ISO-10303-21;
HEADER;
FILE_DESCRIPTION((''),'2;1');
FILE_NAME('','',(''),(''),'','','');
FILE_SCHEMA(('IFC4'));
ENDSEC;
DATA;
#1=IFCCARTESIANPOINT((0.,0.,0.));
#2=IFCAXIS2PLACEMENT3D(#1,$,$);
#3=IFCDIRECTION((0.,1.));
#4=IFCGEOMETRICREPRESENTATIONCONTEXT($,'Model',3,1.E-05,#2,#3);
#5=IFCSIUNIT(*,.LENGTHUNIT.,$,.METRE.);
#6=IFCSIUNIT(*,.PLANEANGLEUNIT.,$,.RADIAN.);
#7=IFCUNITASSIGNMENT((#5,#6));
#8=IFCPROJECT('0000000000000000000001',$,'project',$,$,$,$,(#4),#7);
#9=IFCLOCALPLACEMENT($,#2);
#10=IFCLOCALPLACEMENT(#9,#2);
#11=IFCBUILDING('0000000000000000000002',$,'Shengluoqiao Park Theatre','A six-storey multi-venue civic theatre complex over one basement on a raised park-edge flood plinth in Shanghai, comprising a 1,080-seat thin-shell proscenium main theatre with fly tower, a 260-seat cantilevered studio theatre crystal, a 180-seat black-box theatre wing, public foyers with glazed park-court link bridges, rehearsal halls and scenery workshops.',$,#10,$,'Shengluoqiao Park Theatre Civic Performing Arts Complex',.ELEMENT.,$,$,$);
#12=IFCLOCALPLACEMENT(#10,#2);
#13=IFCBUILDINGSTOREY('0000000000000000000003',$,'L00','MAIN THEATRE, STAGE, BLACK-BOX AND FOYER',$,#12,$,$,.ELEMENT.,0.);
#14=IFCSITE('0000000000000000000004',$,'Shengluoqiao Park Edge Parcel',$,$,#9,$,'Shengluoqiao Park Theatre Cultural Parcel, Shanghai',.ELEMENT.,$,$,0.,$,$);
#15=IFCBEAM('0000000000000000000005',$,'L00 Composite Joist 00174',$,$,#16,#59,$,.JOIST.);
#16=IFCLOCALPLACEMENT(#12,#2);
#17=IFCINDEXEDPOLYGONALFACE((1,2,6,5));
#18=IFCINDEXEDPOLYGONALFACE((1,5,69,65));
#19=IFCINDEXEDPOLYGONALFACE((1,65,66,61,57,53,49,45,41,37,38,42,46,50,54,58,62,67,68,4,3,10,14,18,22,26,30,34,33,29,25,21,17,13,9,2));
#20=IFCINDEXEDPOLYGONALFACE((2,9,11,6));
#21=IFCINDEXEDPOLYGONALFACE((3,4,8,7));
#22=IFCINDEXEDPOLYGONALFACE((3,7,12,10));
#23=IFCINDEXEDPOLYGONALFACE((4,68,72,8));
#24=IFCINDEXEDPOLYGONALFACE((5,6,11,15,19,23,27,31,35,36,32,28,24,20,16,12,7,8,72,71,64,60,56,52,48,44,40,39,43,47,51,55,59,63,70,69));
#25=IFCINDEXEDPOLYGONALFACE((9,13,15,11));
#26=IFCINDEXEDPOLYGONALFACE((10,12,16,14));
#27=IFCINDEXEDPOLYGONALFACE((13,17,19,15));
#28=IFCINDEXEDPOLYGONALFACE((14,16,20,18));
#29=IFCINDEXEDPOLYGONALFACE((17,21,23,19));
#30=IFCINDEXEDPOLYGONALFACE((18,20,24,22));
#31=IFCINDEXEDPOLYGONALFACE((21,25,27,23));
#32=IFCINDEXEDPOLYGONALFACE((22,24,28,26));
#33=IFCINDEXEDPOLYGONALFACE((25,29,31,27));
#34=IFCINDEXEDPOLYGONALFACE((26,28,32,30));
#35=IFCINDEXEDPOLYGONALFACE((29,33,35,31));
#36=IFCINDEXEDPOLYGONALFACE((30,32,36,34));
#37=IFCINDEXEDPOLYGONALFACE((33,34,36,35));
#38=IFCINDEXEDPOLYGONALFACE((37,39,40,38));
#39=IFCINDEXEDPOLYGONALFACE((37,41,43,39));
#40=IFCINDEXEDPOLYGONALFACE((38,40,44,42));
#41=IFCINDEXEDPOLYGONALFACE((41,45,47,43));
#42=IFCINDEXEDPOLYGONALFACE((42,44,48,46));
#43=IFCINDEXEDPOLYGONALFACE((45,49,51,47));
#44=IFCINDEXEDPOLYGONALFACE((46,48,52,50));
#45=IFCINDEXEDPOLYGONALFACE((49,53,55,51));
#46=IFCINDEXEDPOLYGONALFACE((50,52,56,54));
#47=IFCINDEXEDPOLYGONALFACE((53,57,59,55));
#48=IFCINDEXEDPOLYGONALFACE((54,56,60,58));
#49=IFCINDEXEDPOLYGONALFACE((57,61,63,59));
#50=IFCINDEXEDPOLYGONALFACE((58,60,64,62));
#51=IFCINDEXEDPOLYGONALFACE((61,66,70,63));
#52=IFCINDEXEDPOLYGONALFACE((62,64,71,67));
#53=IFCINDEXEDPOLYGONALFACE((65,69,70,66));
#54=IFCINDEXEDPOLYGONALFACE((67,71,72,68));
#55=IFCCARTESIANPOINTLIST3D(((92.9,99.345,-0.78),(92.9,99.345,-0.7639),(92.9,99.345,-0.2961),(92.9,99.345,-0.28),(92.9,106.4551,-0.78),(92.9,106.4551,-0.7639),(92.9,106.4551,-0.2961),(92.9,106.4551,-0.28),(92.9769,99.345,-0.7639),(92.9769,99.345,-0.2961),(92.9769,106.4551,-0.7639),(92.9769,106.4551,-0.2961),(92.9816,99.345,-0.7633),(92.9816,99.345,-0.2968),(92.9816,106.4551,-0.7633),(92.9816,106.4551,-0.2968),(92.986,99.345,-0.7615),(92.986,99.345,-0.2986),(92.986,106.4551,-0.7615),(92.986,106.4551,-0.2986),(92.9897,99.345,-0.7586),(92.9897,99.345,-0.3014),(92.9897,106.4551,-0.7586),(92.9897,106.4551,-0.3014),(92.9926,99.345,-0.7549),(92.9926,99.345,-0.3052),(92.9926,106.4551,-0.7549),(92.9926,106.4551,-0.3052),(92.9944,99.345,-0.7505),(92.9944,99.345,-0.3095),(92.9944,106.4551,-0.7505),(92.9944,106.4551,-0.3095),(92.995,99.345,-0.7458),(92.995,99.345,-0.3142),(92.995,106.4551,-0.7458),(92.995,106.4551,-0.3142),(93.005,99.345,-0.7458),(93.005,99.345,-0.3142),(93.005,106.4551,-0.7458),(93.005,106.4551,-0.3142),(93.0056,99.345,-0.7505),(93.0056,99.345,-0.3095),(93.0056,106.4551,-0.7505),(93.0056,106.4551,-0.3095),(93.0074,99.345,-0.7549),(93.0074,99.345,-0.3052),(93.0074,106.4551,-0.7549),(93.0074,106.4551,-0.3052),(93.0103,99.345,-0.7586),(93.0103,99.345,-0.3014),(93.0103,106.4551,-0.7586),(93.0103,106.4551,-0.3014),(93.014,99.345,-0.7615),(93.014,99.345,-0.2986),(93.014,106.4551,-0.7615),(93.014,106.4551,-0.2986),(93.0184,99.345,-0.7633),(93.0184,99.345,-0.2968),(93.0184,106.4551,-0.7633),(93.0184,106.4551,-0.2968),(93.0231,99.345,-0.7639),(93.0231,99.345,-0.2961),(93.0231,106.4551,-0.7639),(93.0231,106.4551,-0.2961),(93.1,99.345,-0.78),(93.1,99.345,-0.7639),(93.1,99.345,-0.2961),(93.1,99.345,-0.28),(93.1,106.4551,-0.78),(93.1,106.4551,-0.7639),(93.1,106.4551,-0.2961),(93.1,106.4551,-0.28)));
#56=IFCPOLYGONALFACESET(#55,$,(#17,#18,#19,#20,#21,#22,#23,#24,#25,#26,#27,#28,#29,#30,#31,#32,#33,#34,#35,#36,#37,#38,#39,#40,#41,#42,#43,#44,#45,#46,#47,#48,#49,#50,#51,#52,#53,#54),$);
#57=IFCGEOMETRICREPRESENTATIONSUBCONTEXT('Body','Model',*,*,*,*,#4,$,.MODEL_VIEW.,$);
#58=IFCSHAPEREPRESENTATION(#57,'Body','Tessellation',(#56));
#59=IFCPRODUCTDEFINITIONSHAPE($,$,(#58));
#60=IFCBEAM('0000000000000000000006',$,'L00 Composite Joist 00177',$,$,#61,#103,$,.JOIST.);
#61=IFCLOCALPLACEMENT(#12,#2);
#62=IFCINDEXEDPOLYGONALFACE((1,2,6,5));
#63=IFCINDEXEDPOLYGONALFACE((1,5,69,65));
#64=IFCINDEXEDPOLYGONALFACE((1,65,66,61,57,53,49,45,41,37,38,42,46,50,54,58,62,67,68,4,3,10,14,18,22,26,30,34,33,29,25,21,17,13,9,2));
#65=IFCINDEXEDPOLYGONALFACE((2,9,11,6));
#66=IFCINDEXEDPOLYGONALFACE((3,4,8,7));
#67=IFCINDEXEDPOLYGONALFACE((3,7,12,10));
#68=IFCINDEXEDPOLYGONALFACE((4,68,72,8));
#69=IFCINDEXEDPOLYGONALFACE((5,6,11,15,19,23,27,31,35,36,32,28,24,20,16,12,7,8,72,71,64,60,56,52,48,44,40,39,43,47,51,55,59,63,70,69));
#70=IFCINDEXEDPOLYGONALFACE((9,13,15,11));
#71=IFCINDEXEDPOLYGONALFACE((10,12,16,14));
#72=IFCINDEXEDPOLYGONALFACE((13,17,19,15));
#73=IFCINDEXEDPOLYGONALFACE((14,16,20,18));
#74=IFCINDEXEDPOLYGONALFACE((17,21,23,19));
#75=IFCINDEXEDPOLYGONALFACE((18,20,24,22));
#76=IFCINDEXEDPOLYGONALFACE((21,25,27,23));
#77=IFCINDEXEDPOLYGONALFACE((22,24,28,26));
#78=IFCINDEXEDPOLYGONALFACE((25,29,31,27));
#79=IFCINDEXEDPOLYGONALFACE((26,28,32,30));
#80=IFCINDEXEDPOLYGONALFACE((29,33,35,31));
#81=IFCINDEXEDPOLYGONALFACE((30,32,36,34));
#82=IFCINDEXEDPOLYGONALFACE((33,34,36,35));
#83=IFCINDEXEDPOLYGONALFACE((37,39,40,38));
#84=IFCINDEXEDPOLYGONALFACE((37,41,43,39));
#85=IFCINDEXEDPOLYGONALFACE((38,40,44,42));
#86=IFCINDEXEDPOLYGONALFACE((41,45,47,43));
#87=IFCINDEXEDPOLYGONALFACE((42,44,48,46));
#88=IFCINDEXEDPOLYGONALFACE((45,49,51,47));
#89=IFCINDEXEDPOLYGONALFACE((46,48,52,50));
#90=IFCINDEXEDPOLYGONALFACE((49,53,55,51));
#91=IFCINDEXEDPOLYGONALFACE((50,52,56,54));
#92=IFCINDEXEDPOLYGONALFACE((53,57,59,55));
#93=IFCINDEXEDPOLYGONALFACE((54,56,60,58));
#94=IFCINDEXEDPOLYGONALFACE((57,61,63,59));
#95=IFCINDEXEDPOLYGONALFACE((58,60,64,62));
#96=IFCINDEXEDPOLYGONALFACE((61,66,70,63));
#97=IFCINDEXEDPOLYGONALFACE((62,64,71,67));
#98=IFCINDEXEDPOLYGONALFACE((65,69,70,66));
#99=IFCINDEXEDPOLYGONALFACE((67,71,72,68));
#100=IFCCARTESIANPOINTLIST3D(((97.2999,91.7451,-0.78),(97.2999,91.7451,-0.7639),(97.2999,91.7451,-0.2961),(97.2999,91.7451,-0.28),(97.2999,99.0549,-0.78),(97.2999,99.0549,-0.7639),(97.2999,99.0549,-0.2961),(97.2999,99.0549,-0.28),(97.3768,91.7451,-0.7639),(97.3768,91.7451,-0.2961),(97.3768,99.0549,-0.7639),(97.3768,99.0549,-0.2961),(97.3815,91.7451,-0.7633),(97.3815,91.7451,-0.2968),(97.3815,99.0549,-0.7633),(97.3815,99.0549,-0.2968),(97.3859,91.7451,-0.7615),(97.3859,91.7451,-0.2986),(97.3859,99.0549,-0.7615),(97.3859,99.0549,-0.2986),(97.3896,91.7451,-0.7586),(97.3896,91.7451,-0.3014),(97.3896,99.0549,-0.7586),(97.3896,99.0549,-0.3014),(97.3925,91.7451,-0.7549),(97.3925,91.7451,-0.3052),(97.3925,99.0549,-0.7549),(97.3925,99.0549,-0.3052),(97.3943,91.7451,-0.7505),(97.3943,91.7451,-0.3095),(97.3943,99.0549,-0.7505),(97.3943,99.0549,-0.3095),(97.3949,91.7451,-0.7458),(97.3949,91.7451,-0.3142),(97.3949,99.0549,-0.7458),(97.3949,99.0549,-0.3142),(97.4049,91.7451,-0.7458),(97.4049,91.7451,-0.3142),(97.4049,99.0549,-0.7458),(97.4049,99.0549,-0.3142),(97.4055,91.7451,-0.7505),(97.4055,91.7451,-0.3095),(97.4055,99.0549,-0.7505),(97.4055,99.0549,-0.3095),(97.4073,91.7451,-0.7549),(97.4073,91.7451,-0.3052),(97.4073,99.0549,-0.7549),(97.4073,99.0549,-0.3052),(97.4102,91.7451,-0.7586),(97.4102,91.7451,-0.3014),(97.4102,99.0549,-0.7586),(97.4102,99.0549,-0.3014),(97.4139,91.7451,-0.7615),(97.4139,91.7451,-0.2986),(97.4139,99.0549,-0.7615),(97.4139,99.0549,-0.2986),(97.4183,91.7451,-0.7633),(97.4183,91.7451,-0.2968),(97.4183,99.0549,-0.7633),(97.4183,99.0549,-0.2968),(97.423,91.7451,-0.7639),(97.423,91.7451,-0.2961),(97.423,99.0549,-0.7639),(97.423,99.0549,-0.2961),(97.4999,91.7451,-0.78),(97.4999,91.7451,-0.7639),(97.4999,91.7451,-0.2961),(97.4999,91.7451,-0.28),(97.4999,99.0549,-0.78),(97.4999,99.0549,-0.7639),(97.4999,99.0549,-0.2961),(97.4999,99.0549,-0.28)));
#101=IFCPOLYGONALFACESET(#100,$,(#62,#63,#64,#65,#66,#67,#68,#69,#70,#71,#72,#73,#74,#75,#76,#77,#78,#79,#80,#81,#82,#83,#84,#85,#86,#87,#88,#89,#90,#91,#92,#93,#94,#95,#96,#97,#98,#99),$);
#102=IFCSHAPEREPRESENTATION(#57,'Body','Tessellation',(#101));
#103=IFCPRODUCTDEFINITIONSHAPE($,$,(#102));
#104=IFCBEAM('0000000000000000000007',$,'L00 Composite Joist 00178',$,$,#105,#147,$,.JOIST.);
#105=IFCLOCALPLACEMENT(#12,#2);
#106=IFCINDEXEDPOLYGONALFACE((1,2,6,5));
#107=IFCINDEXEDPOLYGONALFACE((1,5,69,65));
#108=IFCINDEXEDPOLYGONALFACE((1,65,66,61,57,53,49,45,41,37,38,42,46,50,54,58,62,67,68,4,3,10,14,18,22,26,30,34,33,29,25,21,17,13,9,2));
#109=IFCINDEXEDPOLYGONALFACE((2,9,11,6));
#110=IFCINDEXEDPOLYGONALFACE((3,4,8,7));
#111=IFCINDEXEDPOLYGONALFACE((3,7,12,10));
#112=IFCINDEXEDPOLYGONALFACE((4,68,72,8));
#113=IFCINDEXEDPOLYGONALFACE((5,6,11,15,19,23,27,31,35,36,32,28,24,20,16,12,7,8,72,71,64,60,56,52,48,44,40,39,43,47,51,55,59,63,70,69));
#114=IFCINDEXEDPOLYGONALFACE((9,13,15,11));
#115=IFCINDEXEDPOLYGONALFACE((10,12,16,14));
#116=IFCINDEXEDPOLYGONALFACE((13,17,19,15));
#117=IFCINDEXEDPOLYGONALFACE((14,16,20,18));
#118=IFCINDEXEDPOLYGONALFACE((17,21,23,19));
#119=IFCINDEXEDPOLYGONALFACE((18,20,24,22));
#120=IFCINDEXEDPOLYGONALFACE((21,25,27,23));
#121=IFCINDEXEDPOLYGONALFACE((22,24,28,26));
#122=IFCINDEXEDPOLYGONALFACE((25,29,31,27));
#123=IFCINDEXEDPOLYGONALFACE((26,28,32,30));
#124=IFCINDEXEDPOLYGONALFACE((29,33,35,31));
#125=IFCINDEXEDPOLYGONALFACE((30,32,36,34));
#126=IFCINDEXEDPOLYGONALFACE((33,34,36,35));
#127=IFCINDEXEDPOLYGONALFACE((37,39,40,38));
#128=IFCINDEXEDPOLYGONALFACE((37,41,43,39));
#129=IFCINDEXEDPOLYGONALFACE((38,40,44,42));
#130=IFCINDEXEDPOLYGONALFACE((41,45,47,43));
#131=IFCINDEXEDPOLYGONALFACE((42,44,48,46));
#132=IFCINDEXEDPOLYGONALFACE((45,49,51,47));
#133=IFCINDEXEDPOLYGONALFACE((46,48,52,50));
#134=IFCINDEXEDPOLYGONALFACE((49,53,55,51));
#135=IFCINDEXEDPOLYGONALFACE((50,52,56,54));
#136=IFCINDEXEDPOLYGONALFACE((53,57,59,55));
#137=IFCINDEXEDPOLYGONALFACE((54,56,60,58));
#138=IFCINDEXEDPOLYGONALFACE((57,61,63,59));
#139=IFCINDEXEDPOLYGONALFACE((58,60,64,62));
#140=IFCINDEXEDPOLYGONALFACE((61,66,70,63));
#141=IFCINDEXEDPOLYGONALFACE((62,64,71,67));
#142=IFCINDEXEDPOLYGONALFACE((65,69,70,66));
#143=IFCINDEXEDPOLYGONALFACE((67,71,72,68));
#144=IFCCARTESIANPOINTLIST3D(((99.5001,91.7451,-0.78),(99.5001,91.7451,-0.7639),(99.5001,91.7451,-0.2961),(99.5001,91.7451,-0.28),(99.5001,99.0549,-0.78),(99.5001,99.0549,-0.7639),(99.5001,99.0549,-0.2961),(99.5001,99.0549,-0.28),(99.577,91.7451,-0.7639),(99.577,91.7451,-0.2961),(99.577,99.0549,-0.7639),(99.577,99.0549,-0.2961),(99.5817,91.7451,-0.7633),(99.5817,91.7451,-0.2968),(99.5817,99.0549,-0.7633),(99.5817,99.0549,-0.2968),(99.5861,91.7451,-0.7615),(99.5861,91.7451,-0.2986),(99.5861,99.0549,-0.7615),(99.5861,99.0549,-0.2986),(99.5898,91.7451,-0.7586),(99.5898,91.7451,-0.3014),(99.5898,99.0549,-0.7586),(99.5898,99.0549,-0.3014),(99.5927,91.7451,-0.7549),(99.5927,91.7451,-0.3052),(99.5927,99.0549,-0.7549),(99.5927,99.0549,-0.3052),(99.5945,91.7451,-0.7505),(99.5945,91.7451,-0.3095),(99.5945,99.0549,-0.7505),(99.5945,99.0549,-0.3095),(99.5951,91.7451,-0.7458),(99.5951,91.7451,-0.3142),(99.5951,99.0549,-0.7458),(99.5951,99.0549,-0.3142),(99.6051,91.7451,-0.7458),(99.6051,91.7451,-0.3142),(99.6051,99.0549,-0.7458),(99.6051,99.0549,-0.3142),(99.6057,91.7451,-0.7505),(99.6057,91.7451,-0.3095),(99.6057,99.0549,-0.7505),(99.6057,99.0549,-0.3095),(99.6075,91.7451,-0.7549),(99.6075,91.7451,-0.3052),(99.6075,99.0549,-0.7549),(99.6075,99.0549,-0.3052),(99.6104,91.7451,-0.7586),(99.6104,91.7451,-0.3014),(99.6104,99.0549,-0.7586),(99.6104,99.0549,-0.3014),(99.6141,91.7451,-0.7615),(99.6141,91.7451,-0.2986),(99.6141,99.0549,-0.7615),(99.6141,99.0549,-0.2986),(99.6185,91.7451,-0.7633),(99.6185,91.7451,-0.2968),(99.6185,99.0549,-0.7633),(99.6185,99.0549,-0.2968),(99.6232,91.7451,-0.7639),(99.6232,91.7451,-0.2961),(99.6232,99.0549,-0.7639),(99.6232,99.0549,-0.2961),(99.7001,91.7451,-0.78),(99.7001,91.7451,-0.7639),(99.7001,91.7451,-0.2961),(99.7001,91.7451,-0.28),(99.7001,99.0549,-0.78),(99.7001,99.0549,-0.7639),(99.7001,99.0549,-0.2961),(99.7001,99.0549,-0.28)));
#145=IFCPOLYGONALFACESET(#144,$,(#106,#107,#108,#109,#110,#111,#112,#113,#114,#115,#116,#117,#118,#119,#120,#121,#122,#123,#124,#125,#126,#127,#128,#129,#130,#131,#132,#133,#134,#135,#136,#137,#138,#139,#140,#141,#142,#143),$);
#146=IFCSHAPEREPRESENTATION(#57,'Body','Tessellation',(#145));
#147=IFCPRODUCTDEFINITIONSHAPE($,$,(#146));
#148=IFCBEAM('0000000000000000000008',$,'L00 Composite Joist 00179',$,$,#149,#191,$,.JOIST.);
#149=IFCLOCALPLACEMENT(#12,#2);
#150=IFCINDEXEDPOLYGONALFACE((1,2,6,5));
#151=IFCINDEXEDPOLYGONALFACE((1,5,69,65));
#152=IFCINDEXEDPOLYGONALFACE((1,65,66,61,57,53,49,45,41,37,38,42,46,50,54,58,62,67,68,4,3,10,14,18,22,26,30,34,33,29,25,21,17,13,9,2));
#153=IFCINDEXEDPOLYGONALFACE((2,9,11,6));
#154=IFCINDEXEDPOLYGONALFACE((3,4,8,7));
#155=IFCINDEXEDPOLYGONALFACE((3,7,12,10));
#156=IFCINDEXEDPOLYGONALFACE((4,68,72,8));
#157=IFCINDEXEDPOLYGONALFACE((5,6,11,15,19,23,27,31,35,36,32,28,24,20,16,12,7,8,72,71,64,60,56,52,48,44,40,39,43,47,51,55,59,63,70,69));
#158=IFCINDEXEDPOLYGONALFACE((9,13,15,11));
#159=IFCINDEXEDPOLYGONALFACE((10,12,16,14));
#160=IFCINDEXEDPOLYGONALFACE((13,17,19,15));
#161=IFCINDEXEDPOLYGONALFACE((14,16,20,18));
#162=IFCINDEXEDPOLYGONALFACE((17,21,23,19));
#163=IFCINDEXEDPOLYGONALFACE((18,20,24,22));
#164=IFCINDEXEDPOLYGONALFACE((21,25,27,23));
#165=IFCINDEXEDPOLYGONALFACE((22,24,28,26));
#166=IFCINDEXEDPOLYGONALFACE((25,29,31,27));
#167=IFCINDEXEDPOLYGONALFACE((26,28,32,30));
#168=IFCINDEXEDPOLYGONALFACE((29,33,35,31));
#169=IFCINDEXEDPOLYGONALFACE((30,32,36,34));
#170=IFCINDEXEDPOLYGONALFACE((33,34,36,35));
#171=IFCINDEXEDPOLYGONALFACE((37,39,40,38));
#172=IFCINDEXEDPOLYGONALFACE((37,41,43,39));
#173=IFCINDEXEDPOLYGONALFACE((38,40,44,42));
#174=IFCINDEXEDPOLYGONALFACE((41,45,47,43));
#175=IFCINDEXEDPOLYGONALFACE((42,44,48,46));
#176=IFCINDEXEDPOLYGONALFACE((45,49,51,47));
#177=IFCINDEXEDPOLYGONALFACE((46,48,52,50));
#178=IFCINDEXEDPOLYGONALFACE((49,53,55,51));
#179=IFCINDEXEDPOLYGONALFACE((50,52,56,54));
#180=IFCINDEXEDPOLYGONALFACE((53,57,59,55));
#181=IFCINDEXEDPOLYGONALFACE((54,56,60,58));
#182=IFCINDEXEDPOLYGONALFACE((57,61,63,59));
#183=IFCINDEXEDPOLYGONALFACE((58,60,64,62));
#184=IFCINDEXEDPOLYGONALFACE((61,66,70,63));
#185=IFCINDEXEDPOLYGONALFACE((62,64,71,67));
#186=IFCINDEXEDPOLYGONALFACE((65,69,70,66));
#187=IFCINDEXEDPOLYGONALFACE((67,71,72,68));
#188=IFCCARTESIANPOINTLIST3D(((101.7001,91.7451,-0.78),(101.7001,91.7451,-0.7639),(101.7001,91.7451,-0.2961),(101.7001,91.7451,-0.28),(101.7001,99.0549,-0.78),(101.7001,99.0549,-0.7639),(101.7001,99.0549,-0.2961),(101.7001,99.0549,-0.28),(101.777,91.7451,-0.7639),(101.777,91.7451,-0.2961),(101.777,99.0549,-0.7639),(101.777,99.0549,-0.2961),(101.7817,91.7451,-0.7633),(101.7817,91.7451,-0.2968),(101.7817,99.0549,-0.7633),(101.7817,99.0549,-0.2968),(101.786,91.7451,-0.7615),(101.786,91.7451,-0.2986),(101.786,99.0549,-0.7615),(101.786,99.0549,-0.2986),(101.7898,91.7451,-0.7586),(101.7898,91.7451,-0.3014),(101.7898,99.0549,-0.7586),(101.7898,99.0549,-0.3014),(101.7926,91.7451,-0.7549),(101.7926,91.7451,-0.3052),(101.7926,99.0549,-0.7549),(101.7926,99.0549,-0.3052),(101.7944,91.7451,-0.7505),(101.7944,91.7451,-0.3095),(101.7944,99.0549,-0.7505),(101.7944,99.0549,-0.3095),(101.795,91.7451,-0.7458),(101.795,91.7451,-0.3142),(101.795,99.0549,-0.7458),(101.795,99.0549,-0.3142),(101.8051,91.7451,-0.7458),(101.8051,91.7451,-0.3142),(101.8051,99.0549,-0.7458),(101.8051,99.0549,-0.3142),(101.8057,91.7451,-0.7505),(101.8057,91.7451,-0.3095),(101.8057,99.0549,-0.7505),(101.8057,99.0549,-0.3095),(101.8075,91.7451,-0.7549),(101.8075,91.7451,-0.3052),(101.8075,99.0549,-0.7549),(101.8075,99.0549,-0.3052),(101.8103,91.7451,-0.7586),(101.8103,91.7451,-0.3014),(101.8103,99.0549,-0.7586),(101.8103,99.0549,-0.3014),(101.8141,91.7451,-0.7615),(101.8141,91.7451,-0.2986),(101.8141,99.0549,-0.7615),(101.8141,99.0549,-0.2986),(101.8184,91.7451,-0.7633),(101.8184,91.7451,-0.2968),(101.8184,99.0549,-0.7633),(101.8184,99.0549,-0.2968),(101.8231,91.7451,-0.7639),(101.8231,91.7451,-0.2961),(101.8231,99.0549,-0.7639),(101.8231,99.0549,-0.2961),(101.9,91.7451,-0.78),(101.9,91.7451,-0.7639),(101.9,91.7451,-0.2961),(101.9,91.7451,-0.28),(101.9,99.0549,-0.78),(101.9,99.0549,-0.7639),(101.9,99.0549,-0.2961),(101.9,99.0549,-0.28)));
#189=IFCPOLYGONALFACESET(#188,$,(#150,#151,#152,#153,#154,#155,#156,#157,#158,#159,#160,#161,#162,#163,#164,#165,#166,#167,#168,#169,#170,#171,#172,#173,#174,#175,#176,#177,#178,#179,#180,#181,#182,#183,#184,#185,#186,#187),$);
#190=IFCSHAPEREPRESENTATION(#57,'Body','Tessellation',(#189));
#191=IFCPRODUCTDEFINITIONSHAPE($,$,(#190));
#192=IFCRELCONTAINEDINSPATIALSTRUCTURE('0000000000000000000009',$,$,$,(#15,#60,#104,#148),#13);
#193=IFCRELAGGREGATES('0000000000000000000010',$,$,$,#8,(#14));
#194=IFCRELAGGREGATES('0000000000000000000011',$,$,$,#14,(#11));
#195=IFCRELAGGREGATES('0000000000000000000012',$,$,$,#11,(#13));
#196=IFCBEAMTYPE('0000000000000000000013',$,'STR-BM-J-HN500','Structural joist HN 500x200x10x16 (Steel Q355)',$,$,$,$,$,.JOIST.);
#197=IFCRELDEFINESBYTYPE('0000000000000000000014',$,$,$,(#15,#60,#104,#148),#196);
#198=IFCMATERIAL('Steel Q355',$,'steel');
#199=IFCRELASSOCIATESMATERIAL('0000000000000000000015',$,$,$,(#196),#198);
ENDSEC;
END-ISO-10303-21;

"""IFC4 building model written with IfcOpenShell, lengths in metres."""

from ifc_helpers import new_model, si_unit, direction, frame, origin, origin_2d, place, context, subcontext, project, spatial, i_section, extrude, material, material_profile, profile_set, type_object, element, save


model = new_model("IFC4")

# Units and contexts
model_context = context("Model", 3, precision=1e-05, world=origin(), true_north=direction((0.0, 1.0)))
body_context = subcontext(model_context, "Body", "Model", "MODEL_VIEW")
ifc_project = project(units=[si_unit("LENGTHUNIT", "METRE"), si_unit("PLANEANGLEUNIT", "RADIAN")], contexts=[model_context])

# Site, building, storey
site_placement = place(None, origin())
site = spatial("IfcSite", under=ifc_project, at=site_placement, Name="Shengluoqiao Park Edge Parcel", LongName="Shengluoqiao Park Theatre Cultural Parcel, Shanghai", CompositionType="ELEMENT", RefElevation=0.0)
building_placement = place(site_placement, origin())
building = spatial("IfcBuilding", under=site, at=building_placement, Name="Shengluoqiao Park Theatre", Description="A six-storey multi-venue civic theatre complex over one basement on a raised park-edge flood plinth in Shanghai, comprising a 1,080-seat thin-shell proscenium main theatre with fly tower, a 260-seat cantilevered studio theatre crystal, a 180-seat black-box theatre wing, public foyers with glazed park-court link bridges, rehearsal halls and scenery workshops.", LongName="Shengluoqiao Park Theatre Civic Performing Arts Complex", CompositionType="ELEMENT")
storey_placement = place(building_placement, origin())
storey = spatial("IfcBuildingStorey", under=building, at=storey_placement, Name="L00", Description="MAIN THEATRE, STAGE, BLACK-BOX AND FOYER", CompositionType="ELEMENT", Elevation=0.0)

# Beams
ifc_material_1 = material(Name="Steel Q355", Category="steel")
ifc_material_profile_1 = material_profile(ifc_material_1, i_section(OverallWidth=0.2, OverallDepth=0.5, WebThickness=0.01, FlangeThickness=0.0161, FilletRadius=0.0181, at=origin_2d()), Name="HN 500x200x10x16")
ifc_profile_set_1 = profile_set([ifc_material_profile_1], Name="Steel Q355")
beam_type_1 = type_object("IfcBeamType", Name="STR-BM-J-HN500", Description="Structural joist HN 500x200x10x16 (Steel Q355)", PredefinedType="JOIST", material=ifc_profile_set_1)
for number, where, z_axis, x_axis, name in (
    (1, (93.0, 99.345, -0.53), (0.0, 1.0, 0.0), (-1.0, 0.0, 0.0), "L00 Composite Joist 00174"),
):
    element("IfcBeam", number, at=place(storey_placement, frame(where, z_axis=z_axis, x_axis=x_axis)), inside=storey, type_object=beam_type_1, Name=name, PredefinedType="JOIST", context=body_context, shape_type="SweptSolid", body=[
        extrude(i_section(OverallWidth=0.2, OverallDepth=0.5, WebThickness=0.01, FlangeThickness=0.0161, FilletRadius=0.0181, at=origin_2d()), origin(), (0.0, 0.0, 1.0), 7.1101),
    ])
for number, where, z_axis, x_axis, name in (
    (2, (97.3999, 91.7451, -0.53), (0.0, 1.0, 0.0), (-1.0, 0.0, 0.0), "L00 Composite Joist 00177"),
    (3, (99.6001, 91.7451, -0.53), (0.0, 1.0, 0.0), (-1.0, 0.0, 0.0), "L00 Composite Joist 00178"),
    (4, (101.8, 91.7451, -0.53), (0.0, 1.0, 0.0), (-1.0, 0.0, 0.0), "L00 Composite Joist 00179"),
):
    element("IfcBeam", number, at=place(storey_placement, frame(where, z_axis=z_axis, x_axis=x_axis)), inside=storey, type_object=beam_type_1, Name=name, PredefinedType="JOIST", context=body_context, shape_type="SweptSolid", body=[
        extrude(i_section(OverallWidth=0.2, OverallDepth=0.5, WebThickness=0.01, FlangeThickness=0.0161, FilletRadius=0.0181, at=origin_2d()), origin(), (0.0, 0.0, 1.0), 7.3098),
    ])

save(model, "model.ifc")
